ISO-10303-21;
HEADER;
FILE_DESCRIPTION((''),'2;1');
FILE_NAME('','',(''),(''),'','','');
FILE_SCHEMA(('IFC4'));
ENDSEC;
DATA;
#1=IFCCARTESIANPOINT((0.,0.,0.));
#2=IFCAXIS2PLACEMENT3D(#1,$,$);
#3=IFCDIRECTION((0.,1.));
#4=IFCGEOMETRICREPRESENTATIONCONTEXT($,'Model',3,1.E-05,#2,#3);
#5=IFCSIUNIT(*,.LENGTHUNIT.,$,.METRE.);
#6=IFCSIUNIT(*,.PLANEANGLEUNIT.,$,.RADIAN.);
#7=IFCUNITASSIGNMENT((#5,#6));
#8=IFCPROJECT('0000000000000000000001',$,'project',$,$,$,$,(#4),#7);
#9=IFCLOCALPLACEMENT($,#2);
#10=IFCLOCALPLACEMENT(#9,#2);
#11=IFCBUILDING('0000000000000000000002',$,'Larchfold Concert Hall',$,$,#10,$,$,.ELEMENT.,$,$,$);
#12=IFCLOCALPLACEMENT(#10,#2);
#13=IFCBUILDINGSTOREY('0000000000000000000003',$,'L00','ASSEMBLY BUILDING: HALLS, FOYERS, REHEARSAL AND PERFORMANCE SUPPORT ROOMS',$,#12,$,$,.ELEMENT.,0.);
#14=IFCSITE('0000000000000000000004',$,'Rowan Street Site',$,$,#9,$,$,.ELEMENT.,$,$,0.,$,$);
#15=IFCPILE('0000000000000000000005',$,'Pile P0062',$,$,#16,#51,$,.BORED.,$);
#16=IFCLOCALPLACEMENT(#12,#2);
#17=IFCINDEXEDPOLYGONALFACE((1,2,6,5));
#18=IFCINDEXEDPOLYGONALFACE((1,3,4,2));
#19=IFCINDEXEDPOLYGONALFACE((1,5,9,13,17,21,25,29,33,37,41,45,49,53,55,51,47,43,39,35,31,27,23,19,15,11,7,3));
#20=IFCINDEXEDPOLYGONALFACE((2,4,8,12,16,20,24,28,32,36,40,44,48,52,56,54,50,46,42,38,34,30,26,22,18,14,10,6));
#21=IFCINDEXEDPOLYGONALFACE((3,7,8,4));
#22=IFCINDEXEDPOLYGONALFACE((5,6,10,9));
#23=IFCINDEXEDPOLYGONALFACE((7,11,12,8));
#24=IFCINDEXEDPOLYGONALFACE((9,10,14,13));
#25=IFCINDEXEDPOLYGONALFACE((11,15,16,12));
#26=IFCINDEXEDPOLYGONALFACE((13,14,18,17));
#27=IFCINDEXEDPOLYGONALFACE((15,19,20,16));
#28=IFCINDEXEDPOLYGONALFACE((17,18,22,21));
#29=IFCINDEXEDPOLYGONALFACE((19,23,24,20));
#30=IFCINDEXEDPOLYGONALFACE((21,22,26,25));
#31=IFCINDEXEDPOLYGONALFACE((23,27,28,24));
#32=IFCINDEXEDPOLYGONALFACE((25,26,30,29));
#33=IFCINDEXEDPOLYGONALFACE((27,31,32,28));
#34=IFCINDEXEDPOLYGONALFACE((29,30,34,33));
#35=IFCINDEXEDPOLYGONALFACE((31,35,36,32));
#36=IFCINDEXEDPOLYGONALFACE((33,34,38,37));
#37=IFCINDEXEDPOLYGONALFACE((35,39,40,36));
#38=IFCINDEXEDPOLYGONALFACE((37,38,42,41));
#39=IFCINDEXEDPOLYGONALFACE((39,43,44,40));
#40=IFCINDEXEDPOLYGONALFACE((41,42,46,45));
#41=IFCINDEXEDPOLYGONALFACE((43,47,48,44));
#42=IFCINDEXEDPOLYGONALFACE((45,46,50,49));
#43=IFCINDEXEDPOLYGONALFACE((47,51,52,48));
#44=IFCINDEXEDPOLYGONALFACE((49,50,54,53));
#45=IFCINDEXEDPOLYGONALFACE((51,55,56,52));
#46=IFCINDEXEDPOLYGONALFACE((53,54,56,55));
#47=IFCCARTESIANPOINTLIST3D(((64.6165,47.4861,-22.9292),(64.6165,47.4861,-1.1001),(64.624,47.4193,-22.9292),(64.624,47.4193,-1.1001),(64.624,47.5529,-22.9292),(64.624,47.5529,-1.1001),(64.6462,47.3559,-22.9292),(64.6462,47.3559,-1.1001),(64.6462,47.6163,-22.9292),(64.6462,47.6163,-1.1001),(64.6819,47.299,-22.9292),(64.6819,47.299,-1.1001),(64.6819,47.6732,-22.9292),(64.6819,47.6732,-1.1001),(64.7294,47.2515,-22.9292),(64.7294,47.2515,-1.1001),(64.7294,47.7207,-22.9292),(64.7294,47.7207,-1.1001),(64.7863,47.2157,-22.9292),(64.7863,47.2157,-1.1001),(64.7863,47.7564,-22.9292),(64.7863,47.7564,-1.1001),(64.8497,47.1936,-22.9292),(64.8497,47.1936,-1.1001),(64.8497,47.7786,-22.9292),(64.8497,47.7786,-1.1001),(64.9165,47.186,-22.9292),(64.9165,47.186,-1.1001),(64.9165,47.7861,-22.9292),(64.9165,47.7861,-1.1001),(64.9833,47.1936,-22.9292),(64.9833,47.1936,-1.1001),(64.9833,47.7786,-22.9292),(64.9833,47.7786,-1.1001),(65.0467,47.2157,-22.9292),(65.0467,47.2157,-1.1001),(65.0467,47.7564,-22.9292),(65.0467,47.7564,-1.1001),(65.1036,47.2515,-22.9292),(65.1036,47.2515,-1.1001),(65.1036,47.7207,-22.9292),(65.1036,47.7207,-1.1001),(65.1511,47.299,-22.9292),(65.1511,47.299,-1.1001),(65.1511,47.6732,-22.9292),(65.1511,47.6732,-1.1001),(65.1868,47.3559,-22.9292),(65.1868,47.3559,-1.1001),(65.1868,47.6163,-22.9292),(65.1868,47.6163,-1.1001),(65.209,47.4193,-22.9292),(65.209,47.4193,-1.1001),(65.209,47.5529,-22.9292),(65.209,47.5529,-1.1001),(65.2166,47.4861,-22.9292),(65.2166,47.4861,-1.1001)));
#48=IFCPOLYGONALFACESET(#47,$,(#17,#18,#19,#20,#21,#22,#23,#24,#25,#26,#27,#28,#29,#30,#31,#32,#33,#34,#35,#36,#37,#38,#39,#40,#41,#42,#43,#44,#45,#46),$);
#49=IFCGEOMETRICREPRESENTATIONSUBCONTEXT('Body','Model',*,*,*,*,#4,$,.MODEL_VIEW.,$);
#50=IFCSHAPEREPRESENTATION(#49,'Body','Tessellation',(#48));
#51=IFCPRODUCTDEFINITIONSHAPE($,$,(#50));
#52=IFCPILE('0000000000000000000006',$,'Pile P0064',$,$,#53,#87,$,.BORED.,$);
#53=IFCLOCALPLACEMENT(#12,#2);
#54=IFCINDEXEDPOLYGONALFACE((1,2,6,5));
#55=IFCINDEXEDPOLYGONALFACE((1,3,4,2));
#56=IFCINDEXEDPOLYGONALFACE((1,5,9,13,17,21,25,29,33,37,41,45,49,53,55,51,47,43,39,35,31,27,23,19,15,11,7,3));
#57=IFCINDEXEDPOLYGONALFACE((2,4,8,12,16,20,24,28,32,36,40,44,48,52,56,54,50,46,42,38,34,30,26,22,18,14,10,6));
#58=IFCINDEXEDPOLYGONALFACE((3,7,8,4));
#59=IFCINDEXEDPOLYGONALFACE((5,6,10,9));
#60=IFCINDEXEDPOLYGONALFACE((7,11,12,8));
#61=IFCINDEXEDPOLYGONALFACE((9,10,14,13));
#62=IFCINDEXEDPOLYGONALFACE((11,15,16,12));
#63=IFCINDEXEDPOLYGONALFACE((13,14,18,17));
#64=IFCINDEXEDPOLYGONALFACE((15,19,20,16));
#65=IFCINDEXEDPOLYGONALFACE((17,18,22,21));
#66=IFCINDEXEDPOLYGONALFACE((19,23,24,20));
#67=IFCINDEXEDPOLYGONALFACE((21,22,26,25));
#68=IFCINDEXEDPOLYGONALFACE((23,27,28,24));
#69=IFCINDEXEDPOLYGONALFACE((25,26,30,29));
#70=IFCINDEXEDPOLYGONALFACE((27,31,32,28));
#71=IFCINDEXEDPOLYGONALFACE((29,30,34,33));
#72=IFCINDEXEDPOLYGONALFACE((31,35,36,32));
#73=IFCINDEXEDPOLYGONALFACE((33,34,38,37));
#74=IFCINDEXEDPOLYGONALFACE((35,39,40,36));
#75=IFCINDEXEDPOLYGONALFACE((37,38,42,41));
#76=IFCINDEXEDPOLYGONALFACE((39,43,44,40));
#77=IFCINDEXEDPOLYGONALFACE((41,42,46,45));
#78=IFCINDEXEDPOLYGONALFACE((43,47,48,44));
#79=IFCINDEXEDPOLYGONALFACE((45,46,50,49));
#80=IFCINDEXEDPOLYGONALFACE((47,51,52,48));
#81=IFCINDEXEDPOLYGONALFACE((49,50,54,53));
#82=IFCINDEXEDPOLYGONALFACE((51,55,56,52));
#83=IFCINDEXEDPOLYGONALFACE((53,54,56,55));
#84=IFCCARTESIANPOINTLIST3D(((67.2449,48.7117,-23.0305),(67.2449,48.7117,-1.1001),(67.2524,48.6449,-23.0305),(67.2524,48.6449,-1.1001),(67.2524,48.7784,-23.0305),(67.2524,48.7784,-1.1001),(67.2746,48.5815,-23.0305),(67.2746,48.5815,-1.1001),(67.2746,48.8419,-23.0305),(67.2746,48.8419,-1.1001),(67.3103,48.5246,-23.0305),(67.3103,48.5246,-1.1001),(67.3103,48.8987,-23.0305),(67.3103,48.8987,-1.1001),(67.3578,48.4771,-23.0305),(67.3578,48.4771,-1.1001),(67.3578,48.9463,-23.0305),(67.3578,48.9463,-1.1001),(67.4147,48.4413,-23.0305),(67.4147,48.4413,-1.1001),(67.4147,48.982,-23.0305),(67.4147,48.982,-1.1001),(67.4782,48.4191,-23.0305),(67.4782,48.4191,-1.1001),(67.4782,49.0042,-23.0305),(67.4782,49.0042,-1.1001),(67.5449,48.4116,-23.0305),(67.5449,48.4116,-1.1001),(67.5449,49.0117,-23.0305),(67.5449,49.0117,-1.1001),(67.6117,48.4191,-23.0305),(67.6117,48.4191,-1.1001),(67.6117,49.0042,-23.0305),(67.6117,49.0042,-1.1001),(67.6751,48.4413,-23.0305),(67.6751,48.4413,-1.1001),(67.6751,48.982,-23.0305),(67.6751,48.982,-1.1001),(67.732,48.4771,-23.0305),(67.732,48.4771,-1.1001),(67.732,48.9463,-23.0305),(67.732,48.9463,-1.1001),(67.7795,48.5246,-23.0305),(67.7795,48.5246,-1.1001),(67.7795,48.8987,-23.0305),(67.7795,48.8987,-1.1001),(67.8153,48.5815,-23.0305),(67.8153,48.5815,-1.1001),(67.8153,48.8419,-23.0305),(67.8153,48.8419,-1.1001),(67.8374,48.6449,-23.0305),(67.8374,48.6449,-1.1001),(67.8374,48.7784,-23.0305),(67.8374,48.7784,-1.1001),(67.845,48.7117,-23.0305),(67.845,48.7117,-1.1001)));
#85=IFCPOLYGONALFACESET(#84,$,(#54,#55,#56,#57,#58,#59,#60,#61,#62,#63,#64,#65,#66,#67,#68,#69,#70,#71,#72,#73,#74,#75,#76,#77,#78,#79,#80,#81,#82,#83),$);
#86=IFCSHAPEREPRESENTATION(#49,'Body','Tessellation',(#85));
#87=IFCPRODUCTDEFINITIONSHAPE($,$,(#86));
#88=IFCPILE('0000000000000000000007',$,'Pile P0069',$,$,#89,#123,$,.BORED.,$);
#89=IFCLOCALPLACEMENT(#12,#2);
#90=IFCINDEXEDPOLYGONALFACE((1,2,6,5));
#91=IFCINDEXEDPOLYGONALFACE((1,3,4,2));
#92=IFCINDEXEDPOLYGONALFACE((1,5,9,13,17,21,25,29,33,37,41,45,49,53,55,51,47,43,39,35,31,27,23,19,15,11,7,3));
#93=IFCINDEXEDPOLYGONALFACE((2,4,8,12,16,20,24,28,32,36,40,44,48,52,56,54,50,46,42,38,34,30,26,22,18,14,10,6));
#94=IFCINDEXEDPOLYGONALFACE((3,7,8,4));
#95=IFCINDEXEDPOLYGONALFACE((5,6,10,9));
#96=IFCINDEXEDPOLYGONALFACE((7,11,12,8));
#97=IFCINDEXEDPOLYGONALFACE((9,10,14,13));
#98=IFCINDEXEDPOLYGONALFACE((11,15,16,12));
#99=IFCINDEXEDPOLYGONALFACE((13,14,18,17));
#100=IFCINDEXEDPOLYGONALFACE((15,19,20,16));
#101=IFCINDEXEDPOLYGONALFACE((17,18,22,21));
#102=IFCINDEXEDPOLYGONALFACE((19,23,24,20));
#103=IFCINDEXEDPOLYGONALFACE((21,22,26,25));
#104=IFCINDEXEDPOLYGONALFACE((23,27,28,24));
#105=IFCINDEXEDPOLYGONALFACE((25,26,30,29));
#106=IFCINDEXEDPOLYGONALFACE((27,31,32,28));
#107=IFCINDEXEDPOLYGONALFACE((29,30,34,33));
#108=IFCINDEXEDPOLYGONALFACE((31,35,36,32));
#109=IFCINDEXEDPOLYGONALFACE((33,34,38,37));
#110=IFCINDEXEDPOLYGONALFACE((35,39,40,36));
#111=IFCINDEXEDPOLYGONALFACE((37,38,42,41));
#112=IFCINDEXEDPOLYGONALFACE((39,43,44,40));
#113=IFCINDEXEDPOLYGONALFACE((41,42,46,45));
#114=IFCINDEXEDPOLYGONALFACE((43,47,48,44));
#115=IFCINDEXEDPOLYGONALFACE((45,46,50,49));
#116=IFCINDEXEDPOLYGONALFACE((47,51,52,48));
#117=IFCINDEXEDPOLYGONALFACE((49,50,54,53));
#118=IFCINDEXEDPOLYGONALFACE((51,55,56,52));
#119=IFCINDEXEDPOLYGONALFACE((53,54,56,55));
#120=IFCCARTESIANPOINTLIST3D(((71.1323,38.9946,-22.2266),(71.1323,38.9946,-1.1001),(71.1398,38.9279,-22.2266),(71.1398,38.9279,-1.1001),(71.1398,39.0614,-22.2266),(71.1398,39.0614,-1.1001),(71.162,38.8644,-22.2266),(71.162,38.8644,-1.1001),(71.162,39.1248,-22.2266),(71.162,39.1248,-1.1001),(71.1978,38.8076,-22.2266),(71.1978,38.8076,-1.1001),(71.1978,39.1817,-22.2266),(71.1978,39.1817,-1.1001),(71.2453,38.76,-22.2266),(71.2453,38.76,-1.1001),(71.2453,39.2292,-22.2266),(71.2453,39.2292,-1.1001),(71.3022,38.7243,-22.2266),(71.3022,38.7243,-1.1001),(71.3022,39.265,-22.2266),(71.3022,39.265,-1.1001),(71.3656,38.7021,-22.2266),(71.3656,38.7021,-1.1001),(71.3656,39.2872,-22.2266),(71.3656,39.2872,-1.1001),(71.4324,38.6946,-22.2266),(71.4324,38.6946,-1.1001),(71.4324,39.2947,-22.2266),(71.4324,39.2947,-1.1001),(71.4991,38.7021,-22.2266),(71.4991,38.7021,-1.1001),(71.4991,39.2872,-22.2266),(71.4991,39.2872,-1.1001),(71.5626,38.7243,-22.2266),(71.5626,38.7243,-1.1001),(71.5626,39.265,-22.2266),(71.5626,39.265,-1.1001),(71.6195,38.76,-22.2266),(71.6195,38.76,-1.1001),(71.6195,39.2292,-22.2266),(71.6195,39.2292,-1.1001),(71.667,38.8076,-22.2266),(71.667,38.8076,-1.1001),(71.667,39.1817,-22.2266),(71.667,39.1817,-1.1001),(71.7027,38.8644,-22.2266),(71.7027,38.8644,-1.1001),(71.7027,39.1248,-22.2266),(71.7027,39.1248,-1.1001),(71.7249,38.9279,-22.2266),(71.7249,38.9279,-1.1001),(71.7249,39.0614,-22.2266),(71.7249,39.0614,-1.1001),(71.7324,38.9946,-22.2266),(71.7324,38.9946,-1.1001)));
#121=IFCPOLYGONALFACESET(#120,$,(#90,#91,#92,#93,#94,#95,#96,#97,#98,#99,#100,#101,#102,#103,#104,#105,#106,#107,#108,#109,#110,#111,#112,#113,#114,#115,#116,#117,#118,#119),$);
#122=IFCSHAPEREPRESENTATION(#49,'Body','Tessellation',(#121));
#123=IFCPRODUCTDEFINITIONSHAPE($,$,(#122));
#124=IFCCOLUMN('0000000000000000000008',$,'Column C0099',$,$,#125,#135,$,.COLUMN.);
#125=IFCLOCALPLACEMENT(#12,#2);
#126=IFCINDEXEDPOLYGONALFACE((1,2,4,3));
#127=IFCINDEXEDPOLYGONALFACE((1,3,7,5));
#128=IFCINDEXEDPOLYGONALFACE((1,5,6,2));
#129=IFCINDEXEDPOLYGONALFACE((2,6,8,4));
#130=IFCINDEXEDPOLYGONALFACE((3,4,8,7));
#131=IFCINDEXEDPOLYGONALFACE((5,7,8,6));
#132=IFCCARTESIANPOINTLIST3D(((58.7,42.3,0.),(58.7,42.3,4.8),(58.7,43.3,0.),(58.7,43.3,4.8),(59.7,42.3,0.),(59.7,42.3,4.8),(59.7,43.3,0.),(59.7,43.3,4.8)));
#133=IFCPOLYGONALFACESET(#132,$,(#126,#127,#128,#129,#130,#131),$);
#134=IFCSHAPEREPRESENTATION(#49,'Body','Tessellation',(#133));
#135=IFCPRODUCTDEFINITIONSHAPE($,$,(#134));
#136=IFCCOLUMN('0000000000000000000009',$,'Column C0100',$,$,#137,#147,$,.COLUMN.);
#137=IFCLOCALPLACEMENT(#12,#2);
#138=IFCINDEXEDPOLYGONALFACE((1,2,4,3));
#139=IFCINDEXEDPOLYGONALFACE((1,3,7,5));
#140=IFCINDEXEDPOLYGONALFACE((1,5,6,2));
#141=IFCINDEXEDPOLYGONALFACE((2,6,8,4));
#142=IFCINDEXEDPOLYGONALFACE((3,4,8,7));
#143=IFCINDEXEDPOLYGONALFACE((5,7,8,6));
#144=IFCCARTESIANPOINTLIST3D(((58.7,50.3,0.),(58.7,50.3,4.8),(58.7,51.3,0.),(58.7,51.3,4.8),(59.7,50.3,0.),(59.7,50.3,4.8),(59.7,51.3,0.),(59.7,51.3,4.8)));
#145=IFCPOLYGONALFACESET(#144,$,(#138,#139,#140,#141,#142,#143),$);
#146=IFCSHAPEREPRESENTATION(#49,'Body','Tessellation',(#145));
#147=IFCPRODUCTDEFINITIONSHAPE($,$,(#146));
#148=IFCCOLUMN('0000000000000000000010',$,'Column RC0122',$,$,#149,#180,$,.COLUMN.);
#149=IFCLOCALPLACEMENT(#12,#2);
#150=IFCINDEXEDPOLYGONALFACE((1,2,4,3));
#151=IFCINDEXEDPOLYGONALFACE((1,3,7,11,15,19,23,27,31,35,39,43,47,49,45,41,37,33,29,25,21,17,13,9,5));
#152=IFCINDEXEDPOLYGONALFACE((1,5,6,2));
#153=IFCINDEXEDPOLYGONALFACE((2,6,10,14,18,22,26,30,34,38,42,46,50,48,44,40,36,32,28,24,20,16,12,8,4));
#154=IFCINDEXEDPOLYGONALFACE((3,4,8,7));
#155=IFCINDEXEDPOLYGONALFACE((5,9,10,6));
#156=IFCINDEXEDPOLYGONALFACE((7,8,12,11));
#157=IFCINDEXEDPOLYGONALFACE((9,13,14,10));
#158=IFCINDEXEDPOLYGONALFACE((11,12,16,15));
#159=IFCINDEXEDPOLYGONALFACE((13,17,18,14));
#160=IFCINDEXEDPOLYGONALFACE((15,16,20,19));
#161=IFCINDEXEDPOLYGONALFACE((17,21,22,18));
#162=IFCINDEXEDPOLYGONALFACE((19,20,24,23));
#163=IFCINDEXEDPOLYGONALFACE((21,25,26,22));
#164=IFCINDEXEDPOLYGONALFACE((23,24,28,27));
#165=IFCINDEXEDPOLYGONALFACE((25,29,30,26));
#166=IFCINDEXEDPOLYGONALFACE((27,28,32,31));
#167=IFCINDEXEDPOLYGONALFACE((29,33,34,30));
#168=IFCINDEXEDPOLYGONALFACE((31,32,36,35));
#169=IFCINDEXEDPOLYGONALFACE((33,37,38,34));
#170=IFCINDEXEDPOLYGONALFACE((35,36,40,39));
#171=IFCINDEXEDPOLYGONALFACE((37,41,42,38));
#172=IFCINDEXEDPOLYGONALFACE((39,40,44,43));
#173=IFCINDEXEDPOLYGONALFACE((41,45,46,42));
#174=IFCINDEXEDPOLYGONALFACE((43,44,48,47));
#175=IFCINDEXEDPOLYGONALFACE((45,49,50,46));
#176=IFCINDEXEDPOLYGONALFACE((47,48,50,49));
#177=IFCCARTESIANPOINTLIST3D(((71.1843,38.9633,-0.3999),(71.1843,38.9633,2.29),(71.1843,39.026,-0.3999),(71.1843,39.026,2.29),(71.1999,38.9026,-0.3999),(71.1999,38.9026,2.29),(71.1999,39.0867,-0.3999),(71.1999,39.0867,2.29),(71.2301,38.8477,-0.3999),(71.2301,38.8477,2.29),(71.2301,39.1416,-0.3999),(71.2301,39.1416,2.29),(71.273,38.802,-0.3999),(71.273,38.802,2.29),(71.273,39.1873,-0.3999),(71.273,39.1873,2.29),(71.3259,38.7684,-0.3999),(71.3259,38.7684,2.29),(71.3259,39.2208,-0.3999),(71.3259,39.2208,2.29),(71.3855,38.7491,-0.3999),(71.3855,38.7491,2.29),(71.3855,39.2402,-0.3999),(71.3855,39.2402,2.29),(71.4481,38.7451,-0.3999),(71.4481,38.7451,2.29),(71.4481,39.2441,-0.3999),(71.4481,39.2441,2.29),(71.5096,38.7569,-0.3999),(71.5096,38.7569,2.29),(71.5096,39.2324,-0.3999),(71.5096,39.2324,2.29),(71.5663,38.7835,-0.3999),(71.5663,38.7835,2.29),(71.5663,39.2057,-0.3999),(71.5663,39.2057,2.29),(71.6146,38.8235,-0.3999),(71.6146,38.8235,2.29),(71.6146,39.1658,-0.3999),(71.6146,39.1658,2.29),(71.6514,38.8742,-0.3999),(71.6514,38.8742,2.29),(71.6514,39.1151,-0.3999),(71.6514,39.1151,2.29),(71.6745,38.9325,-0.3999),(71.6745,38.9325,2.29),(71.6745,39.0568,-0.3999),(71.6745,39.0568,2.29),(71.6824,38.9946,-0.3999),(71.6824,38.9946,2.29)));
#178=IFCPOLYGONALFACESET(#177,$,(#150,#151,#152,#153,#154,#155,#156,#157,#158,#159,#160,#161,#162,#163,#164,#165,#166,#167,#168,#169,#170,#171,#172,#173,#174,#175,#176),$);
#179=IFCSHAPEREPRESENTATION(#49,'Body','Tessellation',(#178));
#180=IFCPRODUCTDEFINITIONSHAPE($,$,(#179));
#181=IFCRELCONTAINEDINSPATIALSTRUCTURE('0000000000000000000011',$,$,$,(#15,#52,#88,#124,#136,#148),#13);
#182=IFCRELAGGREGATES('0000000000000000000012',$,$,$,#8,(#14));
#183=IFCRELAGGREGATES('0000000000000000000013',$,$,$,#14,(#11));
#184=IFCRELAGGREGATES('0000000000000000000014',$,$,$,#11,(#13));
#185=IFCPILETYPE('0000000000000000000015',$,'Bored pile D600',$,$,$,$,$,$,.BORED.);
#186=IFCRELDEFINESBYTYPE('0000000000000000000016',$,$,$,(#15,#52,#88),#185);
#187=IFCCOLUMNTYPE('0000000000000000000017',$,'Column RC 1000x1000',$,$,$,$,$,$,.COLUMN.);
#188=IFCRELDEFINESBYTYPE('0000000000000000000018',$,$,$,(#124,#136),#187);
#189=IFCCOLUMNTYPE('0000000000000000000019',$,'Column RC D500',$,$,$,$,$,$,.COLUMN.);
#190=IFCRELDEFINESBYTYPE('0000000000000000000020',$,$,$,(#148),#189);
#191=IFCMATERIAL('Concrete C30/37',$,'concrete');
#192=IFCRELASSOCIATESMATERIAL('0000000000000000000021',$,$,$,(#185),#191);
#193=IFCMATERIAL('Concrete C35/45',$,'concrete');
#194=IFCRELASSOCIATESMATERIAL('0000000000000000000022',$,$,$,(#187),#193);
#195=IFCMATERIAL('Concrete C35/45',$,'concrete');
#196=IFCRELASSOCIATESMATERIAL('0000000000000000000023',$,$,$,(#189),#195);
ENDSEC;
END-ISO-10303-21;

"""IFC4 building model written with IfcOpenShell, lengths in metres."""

from ifc_helpers import new_model, si_unit, direction, frame, origin, origin_2d, place, context, subcontext, project, spatial, rectangle, circle, extrude, material, material_profile, profile_set, type_object, element, save


model = new_model("IFC4")

# Units and contexts
model_context = context("Model", 3, precision=1e-05, world=origin(), true_north=direction((0.0, 1.0)))
body_context = subcontext(model_context, "Body", "Model", "MODEL_VIEW")
ifc_project = project(units=[si_unit("LENGTHUNIT", "METRE"), si_unit("PLANEANGLEUNIT", "RADIAN")], contexts=[model_context])

# Site, building, storey
site_placement = place(None, origin())
site = spatial("IfcSite", under=ifc_project, at=site_placement, Name="Rowan Street Site", CompositionType="ELEMENT", RefElevation=0.0)
building_placement = place(site_placement, origin())
building = spatial("IfcBuilding", under=site, at=building_placement, Name="Larchfold Concert Hall", CompositionType="ELEMENT")
storey_placement = place(building_placement, origin())
storey = spatial("IfcBuildingStorey", under=building, at=storey_placement, Name="L00", Description="ASSEMBLY BUILDING: HALLS, FOYERS, REHEARSAL AND PERFORMANCE SUPPORT ROOMS", CompositionType="ELEMENT", Elevation=0.0)

# Piles
ifc_material_1 = material(Name="Concrete C30/37", Category="concrete")
ifc_material_profile_1 = material_profile(ifc_material_1, circle(Radius=0.3, at=origin_2d()))
ifc_profile_set_1 = profile_set([ifc_material_profile_1], Name="Concrete C30/37")
pile_type = type_object("IfcPileType", Name="Bored pile D600", PredefinedType="BORED", material=ifc_profile_set_1)
pile_1_placement = place(storey_placement, frame((64.9165, 47.4861, -1.1001), z_axis=(0.0, 0.0, -1.0), x_axis=(1.0, 0.0, 0.0)))
element("IfcPile", 1, at=pile_1_placement, inside=storey, type_object=pile_type, Name="Pile P0062", PredefinedType="BORED", context=body_context, shape_type="SweptSolid", body=[
    extrude(circle(Radius=0.3, at=origin_2d()), origin(), (0.0, 0.0, 1.0), 21.8291),
])
pile_2_placement = place(storey_placement, frame((67.5449, 48.7117, -1.1001), z_axis=(0.0, 0.0, -1.0), x_axis=(1.0, 0.0, 0.0)))
element("IfcPile", 2, at=pile_2_placement, inside=storey, type_object=pile_type, Name="Pile P0064", PredefinedType="BORED", context=body_context, shape_type="SweptSolid", body=[
    extrude(circle(Radius=0.3, at=origin_2d()), origin(), (0.0, 0.0, 1.0), 21.9304),
])
pile_3_placement = place(storey_placement, frame((71.4324, 38.9946, -1.1001), z_axis=(0.0, 0.0, -1.0), x_axis=(1.0, 0.0, 0.0)))
element("IfcPile", 3, at=pile_3_placement, inside=storey, type_object=pile_type, Name="Pile P0069", PredefinedType="BORED", context=body_context, shape_type="SweptSolid", body=[
    extrude(circle(Radius=0.3, at=origin_2d()), origin(), (0.0, 0.0, 1.0), 21.1265),
])

# Columns
ifc_material_2 = material(Name="Concrete C35/45", Category="concrete")
ifc_material_profile_2 = material_profile(ifc_material_2, rectangle(XDim=1.0, YDim=1.0, at=origin_2d()))
ifc_profile_set_2 = profile_set([ifc_material_profile_2], Name="Concrete C35/45")
column_type_1 = type_object("IfcColumnType", Name="Column RC 1000x1000", PredefinedType="COLUMN", material=ifc_profile_set_2)
for number, where, z_axis, x_axis, name in (
    (4, (59.2, 42.8, 0.0), (0.0, 0.0, 1.0), (1.0, 0.0, 0.0), "Column C0099"),
    (5, (59.2, 50.8, 0.0), (0.0, 0.0, 1.0), (1.0, 0.0, 0.0), "Column C0100"),
):
    element("IfcColumn", number, at=place(storey_placement, frame(where, z_axis=z_axis, x_axis=x_axis)), inside=storey, type_object=column_type_1, Name=name, PredefinedType="COLUMN", context=body_context, shape_type="SweptSolid", body=[
        extrude(rectangle(XDim=1.0, YDim=1.0, at=origin_2d()), origin(), (0.0, 0.0, 1.0), 4.8),
    ])
ifc_material_3 = material(Name="Concrete C35/45", Category="concrete")
ifc_material_profile_3 = material_profile(ifc_material_3, circle(Radius=0.25, at=origin_2d()))
ifc_profile_set_3 = profile_set([ifc_material_profile_3], Name="Concrete C35/45")
column_type_2 = type_object("IfcColumnType", Name="Column RC D500", PredefinedType="COLUMN", material=ifc_profile_set_3)
column_placement = place(storey_placement, frame((71.4324, 38.9946, -0.3999), z_axis=(0.0, 0.0, 1.0), x_axis=(1.0, 0.0, 0.0)))
element("IfcColumn", 6, at=column_placement, inside=storey, type_object=column_type_2, Name="Column RC0122", PredefinedType="COLUMN", context=body_context, shape_type="SweptSolid", body=[
    extrude(circle(Radius=0.25, at=origin_2d()), origin(), (0.0, 0.0, 1.0), 2.6899),
])

save(model, "model.ifc")
